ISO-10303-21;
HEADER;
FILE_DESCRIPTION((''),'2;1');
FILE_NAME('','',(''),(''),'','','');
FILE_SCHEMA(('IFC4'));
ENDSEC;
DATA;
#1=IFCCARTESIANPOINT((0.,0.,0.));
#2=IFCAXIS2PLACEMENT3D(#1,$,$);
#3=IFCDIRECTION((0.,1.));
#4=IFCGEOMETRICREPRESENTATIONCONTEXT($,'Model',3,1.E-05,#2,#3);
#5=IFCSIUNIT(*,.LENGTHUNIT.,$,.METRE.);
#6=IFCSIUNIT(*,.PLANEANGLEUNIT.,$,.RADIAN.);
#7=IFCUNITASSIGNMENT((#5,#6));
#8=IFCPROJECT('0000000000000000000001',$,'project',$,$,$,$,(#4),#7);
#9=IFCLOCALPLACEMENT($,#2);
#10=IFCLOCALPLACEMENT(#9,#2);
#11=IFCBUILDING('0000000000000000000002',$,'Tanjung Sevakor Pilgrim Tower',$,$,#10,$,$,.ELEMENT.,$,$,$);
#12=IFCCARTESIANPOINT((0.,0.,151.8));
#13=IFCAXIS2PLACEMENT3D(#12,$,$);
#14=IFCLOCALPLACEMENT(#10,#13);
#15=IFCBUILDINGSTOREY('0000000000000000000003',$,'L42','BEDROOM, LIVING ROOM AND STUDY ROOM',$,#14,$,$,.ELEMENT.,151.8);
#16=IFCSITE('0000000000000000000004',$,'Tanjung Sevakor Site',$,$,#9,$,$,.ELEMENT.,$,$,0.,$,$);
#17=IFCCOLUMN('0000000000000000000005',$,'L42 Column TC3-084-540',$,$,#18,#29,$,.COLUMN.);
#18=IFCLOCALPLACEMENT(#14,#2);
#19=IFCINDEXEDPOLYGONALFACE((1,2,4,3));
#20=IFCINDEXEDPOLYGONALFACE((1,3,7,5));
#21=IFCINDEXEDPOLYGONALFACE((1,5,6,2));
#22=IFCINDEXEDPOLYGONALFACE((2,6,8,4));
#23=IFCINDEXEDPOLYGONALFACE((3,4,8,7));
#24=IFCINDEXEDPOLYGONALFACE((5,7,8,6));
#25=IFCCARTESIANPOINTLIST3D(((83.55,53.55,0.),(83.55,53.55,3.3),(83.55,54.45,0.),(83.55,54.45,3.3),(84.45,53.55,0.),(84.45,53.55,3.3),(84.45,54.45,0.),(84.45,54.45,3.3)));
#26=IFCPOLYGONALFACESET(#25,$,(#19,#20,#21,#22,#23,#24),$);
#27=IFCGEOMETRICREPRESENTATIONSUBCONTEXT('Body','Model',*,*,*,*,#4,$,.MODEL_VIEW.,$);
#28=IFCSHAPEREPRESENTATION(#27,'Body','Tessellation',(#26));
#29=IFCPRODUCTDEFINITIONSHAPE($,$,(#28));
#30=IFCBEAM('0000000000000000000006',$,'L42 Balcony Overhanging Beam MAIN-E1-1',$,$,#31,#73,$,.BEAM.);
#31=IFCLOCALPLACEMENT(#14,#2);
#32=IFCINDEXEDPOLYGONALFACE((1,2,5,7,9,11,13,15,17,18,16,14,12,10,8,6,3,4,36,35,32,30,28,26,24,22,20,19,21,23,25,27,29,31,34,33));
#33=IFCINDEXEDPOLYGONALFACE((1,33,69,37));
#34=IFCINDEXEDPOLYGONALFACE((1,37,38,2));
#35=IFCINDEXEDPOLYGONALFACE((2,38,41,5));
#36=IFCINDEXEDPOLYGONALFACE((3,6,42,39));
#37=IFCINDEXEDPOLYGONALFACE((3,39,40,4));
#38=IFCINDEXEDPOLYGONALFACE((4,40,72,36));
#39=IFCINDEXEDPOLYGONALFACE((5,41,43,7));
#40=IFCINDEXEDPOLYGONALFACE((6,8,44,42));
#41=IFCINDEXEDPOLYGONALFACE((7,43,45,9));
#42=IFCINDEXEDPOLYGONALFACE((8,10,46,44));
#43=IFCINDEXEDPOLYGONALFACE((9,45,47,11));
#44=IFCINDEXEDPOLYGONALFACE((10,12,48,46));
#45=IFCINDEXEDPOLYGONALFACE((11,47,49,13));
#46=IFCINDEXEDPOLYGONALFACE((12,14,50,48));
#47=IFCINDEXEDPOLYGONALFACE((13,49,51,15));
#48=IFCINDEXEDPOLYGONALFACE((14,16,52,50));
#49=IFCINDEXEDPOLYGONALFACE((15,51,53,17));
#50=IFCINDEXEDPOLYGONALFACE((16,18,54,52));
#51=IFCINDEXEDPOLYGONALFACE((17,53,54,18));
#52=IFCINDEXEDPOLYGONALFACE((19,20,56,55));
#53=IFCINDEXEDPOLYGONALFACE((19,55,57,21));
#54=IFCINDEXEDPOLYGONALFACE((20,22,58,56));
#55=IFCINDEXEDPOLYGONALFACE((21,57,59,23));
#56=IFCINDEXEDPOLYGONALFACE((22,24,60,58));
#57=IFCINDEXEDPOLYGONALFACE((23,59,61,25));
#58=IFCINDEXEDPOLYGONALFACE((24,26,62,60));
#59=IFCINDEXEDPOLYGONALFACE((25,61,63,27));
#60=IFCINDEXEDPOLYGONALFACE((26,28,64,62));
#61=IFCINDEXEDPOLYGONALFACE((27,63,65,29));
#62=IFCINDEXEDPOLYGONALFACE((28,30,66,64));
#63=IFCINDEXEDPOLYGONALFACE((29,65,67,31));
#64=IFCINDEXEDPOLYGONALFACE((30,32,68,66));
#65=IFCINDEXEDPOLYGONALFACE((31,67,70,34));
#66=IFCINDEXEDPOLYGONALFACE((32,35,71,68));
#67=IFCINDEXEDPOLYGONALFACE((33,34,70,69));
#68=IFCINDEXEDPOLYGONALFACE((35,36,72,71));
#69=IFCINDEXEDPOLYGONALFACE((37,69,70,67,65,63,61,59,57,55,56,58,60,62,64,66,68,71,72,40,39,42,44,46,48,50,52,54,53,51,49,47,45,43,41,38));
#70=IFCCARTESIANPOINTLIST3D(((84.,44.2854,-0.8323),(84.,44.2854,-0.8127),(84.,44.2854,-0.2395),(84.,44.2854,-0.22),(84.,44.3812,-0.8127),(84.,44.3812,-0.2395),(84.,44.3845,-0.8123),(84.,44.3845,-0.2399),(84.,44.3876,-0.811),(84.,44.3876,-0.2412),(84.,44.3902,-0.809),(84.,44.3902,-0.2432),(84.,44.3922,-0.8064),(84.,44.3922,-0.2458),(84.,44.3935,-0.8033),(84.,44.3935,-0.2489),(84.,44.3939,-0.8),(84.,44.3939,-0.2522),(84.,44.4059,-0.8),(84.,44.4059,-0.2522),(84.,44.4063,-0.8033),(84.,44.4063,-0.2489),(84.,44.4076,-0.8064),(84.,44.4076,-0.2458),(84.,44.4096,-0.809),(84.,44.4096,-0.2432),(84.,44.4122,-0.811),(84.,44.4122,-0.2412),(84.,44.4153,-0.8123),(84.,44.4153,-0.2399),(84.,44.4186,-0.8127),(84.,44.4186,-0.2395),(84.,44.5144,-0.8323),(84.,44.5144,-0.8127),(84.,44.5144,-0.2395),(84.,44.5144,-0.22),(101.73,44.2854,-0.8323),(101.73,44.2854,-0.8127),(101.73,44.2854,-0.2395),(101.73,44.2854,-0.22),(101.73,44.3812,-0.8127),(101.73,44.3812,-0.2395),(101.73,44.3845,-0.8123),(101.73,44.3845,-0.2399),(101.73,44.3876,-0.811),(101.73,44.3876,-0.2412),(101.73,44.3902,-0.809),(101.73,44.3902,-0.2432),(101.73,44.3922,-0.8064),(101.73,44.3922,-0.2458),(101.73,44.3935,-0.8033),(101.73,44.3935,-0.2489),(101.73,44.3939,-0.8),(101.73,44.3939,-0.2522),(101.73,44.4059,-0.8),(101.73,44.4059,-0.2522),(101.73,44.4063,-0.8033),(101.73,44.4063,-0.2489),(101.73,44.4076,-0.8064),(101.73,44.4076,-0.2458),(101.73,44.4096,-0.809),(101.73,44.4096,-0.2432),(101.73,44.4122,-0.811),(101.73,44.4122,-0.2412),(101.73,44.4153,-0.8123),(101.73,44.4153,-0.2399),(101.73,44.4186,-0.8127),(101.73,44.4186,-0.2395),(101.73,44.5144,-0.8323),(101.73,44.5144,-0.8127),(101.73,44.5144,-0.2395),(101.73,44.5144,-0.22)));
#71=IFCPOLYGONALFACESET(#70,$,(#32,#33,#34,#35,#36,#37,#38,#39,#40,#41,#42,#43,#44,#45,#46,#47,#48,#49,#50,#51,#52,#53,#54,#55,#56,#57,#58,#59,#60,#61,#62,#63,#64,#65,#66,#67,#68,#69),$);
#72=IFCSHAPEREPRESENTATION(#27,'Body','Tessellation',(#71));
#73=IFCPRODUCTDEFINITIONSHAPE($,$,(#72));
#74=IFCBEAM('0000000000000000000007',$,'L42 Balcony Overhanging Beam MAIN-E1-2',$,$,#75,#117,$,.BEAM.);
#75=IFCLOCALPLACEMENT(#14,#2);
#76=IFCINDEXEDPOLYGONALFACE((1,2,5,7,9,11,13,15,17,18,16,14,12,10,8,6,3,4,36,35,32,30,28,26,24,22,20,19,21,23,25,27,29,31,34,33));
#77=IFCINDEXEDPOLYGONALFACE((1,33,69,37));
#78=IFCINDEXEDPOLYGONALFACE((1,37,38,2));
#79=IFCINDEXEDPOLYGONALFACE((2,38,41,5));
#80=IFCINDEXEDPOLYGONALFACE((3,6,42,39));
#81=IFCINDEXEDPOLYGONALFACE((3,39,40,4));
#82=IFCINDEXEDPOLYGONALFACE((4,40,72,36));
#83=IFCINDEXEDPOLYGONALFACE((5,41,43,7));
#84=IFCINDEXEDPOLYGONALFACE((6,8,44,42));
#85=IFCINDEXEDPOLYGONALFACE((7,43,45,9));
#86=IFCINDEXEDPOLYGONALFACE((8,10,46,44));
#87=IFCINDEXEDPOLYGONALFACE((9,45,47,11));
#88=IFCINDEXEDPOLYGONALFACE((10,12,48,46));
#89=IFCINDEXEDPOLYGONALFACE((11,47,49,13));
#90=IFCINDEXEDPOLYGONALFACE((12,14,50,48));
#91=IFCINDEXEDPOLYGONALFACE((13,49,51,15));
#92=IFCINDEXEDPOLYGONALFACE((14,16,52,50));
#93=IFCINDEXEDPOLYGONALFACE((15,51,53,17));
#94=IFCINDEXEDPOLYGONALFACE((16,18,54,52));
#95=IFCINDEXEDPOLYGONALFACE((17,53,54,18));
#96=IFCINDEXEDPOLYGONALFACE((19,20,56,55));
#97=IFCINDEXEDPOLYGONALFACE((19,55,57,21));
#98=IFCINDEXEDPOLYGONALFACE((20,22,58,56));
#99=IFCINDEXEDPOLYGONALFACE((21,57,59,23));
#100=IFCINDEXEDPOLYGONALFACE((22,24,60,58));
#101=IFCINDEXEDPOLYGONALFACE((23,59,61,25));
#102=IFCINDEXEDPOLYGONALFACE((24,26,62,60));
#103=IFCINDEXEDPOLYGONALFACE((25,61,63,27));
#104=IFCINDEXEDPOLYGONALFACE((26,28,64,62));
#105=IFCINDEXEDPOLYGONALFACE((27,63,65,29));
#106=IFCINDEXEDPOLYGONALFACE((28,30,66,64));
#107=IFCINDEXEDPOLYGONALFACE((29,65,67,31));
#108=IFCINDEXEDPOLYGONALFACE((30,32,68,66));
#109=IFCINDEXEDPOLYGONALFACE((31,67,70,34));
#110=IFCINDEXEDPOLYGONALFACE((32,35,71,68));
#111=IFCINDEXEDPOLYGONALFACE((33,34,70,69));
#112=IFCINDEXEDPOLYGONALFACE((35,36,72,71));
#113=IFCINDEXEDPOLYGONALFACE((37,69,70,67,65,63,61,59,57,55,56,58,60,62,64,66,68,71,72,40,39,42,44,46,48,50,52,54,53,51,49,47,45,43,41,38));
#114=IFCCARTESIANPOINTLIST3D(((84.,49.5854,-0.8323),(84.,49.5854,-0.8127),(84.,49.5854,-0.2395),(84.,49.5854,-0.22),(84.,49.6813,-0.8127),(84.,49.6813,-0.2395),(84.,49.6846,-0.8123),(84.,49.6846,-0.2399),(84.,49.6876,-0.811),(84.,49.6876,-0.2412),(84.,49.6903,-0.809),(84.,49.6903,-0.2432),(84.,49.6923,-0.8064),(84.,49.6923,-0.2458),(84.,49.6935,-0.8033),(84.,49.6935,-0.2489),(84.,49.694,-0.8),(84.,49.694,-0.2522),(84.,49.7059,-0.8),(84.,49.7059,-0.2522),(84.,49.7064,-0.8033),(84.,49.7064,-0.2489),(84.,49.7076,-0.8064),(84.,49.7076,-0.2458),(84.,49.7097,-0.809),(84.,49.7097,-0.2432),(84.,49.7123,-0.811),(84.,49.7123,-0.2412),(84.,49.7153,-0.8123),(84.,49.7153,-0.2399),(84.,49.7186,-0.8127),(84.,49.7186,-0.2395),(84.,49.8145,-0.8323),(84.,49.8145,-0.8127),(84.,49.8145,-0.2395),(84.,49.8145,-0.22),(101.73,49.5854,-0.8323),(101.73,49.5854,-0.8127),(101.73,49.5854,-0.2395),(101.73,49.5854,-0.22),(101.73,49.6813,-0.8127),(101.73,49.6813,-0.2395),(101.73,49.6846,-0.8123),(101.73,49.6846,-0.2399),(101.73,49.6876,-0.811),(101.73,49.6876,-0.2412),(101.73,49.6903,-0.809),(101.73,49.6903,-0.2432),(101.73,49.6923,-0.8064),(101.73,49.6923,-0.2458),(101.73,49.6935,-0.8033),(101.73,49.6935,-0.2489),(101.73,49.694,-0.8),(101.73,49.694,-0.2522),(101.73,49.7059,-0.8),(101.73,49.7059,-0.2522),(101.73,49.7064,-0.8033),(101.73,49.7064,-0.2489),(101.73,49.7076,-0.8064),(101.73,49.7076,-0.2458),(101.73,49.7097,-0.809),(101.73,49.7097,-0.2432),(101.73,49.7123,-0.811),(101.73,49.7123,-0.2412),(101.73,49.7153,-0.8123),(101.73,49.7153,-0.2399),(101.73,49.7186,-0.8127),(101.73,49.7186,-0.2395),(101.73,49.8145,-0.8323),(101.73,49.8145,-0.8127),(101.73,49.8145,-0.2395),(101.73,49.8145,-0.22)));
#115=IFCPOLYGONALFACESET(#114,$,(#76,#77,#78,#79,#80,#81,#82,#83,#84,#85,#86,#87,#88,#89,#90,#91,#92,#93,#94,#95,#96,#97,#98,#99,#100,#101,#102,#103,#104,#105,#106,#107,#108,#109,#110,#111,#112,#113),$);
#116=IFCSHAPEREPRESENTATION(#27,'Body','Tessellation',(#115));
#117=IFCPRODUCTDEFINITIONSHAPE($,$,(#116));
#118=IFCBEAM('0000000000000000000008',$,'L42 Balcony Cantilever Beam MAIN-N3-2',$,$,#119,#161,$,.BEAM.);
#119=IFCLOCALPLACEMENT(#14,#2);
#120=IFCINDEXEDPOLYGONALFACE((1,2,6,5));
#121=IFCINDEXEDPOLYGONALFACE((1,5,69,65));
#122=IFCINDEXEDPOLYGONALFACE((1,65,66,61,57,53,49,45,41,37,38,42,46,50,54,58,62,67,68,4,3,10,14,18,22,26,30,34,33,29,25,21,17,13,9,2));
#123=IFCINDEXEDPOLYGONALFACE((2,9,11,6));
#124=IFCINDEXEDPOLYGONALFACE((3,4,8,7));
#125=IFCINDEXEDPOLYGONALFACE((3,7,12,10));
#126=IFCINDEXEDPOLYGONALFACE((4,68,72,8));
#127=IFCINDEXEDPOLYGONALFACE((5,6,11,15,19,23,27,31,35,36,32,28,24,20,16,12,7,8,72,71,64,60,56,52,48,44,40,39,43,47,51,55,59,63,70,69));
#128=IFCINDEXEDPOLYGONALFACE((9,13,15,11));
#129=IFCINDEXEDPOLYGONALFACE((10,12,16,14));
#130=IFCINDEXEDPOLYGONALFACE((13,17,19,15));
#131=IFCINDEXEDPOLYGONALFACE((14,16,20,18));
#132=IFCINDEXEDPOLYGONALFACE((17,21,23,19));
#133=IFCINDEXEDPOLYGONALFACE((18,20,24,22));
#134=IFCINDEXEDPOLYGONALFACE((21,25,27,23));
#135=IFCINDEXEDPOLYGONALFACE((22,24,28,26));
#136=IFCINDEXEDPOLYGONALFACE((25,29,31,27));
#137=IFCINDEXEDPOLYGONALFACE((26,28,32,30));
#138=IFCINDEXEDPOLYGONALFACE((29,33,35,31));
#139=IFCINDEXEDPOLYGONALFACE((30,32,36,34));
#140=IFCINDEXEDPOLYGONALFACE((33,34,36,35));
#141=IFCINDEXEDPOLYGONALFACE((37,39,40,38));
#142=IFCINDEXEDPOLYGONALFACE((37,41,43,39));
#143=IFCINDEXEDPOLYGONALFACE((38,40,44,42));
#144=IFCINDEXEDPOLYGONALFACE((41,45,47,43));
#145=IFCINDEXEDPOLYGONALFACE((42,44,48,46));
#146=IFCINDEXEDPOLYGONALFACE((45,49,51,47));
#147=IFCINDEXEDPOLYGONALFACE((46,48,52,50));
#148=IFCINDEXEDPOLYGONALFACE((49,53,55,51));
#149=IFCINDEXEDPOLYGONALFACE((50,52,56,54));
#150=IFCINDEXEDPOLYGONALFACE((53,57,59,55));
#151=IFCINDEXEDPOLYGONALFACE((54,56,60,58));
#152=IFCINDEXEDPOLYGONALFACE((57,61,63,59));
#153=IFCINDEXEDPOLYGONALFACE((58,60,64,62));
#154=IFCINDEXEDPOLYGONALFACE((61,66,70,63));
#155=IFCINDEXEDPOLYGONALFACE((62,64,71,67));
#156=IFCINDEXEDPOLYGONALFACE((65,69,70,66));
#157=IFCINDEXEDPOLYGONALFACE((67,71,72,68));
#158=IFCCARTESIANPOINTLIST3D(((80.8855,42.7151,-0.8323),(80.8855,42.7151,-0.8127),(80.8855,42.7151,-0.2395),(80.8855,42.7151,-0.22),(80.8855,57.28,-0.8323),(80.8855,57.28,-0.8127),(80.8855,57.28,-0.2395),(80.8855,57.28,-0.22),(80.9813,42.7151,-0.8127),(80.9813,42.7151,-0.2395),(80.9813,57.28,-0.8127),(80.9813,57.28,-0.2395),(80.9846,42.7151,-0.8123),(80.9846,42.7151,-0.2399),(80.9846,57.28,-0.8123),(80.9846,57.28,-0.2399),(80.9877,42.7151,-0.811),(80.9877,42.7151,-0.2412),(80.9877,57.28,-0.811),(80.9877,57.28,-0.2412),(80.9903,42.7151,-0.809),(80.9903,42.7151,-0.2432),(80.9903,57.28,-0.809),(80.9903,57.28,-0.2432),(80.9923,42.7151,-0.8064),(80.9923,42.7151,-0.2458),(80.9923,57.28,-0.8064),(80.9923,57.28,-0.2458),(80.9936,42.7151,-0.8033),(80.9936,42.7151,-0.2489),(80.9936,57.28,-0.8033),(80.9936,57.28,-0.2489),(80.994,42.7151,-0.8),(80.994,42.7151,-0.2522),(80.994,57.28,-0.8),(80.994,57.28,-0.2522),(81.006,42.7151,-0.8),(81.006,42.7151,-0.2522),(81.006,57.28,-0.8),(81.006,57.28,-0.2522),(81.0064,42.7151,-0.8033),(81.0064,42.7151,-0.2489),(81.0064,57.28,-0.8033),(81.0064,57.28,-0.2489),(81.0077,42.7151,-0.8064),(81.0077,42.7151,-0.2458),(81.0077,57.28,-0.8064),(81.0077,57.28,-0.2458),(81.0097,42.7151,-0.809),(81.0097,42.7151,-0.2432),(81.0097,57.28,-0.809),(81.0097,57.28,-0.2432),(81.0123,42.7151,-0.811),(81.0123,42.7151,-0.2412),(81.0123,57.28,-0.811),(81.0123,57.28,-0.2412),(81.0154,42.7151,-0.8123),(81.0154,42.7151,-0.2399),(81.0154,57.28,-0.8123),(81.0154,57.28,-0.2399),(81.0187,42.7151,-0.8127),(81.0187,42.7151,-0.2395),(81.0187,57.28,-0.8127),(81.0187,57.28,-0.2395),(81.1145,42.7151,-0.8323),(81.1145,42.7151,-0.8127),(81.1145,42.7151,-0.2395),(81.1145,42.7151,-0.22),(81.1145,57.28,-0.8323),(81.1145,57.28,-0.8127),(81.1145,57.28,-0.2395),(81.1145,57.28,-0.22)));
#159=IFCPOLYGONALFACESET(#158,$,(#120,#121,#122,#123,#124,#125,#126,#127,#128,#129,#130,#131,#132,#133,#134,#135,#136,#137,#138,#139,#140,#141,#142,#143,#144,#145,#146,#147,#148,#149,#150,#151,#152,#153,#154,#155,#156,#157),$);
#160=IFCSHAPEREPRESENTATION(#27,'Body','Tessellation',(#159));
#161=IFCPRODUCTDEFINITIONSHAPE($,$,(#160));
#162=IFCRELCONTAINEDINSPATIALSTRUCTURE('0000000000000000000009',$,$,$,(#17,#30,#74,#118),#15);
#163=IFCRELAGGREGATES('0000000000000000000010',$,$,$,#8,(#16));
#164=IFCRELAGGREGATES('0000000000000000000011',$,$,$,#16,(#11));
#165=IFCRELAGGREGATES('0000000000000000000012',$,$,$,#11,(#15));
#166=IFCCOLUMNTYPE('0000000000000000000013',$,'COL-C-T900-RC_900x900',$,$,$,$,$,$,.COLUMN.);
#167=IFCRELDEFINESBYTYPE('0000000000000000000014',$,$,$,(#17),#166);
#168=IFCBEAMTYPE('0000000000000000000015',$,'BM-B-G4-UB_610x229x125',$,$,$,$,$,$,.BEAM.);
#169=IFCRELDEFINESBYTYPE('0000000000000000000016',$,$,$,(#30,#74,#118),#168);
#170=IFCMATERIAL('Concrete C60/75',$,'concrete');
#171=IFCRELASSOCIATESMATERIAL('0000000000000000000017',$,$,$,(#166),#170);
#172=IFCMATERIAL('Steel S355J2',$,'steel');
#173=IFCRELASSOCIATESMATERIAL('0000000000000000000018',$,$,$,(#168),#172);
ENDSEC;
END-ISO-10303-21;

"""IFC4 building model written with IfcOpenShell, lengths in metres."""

from ifc_helpers import new_model, si_unit, direction, frame, origin, origin_2d, place, context, subcontext, project, spatial, rectangle, i_section, extrude, material, material_profile, profile_set, type_object, element, save


model = new_model("IFC4")

# Units and contexts
model_context = context("Model", 3, precision=1e-05, world=origin(), true_north=direction((0.0, 1.0)))
body_context = subcontext(model_context, "Body", "Model", "MODEL_VIEW")
ifc_project = project(units=[si_unit("LENGTHUNIT", "METRE"), si_unit("PLANEANGLEUNIT", "RADIAN")], contexts=[model_context])

# Site, building, storey
site_placement = place(None, origin())
site = spatial("IfcSite", under=ifc_project, at=site_placement, Name="Tanjung Sevakor Site", CompositionType="ELEMENT", RefElevation=0.0)
building_placement = place(site_placement, origin())
building = spatial("IfcBuilding", under=site, at=building_placement, Name="Tanjung Sevakor Pilgrim Tower", CompositionType="ELEMENT")
storey_placement = place(building_placement, frame((0.0, 0.0, 151.8)))
storey = spatial("IfcBuildingStorey", under=building, at=storey_placement, Name="L42", Description="BEDROOM, LIVING ROOM AND STUDY ROOM", CompositionType="ELEMENT", Elevation=151.8)

# Column
ifc_material_1 = material(Name="Concrete C60/75", Category="concrete")
ifc_material_profile_1 = material_profile(ifc_material_1, rectangle(XDim=0.8999, YDim=0.8999, at=origin_2d()))
ifc_profile_set_1 = profile_set([ifc_material_profile_1], Name="Concrete C60/75")
column_type = type_object("IfcColumnType", Name="COL-C-T900-RC_900x900", PredefinedType="COLUMN", material=ifc_profile_set_1)
column_placement = place(storey_placement, frame((84.0, 54.0, 0.0), z_axis=(0.0, 0.0, 1.0), x_axis=(1.0, 0.0, 0.0)))
element("IfcColumn", 1, at=column_placement, inside=storey, type_object=column_type, Name="L42 Column TC3-084-540", PredefinedType="COLUMN", context=body_context, shape_type="SweptSolid", body=[
    extrude(rectangle(XDim=0.8999, YDim=0.8999, at=origin_2d()), origin(), (0.0, 0.0, 1.0), 3.3),
])

# Beams
ifc_material_2 = material(Name="Steel S355J2", Category="steel")
ifc_material_profile_2 = material_profile(ifc_material_2, i_section(OverallWidth=0.229, OverallDepth=0.6123, WebThickness=0.012, FlangeThickness=0.0195, FilletRadius=0.0127, at=origin_2d()))
ifc_profile_set_2 = profile_set([ifc_material_profile_2], Name="Steel S355J2")
beam_type_1 = type_object("IfcBeamType", Name="BM-B-G4-UB_610x229x125", PredefinedType="BEAM", material=ifc_profile_set_2)
for number, where, z_axis, x_axis, name in (
    (2, (84.0, 44.3999, -0.5261), (1.0, 0.0, 0.0), (0.0, 1.0, 0.0), "L42 Balcony Overhanging Beam MAIN-E1-1"),
    (3, (84.0, 49.7, -0.5261), (1.0, 0.0, 0.0), (0.0, 1.0, 0.0), "L42 Balcony Overhanging Beam MAIN-E1-2"),
):
    element("IfcBeam", number, at=place(storey_placement, frame(where, z_axis=z_axis, x_axis=x_axis)), inside=storey, type_object=beam_type_1, Name=name, PredefinedType="BEAM", context=body_context, shape_type="SweptSolid", body=[
        extrude(i_section(OverallWidth=0.229, OverallDepth=0.6123, WebThickness=0.012, FlangeThickness=0.0195, FilletRadius=0.0127, at=origin_2d()), origin(), (0.0, 0.0, 1.0), 17.73),
    ])
beam_1_placement = place(storey_placement, frame((81.0, 42.7151, -0.5261), z_axis=(0.0, 1.0, 0.0), x_axis=(-1.0, 0.0, 0.0)))
element("IfcBeam", 4, at=beam_1_placement, inside=storey, type_object=beam_type_1, Name="L42 Balcony Cantilever Beam MAIN-N3-2", PredefinedType="BEAM", context=body_context, shape_type="SweptSolid", body=[
    extrude(i_section(OverallWidth=0.229, OverallDepth=0.6123, WebThickness=0.012, FlangeThickness=0.0195, FilletRadius=0.0127, at=origin_2d()), origin(), (0.0, 0.0, 1.0), 14.5649),
])

save(model, "model.ifc")
